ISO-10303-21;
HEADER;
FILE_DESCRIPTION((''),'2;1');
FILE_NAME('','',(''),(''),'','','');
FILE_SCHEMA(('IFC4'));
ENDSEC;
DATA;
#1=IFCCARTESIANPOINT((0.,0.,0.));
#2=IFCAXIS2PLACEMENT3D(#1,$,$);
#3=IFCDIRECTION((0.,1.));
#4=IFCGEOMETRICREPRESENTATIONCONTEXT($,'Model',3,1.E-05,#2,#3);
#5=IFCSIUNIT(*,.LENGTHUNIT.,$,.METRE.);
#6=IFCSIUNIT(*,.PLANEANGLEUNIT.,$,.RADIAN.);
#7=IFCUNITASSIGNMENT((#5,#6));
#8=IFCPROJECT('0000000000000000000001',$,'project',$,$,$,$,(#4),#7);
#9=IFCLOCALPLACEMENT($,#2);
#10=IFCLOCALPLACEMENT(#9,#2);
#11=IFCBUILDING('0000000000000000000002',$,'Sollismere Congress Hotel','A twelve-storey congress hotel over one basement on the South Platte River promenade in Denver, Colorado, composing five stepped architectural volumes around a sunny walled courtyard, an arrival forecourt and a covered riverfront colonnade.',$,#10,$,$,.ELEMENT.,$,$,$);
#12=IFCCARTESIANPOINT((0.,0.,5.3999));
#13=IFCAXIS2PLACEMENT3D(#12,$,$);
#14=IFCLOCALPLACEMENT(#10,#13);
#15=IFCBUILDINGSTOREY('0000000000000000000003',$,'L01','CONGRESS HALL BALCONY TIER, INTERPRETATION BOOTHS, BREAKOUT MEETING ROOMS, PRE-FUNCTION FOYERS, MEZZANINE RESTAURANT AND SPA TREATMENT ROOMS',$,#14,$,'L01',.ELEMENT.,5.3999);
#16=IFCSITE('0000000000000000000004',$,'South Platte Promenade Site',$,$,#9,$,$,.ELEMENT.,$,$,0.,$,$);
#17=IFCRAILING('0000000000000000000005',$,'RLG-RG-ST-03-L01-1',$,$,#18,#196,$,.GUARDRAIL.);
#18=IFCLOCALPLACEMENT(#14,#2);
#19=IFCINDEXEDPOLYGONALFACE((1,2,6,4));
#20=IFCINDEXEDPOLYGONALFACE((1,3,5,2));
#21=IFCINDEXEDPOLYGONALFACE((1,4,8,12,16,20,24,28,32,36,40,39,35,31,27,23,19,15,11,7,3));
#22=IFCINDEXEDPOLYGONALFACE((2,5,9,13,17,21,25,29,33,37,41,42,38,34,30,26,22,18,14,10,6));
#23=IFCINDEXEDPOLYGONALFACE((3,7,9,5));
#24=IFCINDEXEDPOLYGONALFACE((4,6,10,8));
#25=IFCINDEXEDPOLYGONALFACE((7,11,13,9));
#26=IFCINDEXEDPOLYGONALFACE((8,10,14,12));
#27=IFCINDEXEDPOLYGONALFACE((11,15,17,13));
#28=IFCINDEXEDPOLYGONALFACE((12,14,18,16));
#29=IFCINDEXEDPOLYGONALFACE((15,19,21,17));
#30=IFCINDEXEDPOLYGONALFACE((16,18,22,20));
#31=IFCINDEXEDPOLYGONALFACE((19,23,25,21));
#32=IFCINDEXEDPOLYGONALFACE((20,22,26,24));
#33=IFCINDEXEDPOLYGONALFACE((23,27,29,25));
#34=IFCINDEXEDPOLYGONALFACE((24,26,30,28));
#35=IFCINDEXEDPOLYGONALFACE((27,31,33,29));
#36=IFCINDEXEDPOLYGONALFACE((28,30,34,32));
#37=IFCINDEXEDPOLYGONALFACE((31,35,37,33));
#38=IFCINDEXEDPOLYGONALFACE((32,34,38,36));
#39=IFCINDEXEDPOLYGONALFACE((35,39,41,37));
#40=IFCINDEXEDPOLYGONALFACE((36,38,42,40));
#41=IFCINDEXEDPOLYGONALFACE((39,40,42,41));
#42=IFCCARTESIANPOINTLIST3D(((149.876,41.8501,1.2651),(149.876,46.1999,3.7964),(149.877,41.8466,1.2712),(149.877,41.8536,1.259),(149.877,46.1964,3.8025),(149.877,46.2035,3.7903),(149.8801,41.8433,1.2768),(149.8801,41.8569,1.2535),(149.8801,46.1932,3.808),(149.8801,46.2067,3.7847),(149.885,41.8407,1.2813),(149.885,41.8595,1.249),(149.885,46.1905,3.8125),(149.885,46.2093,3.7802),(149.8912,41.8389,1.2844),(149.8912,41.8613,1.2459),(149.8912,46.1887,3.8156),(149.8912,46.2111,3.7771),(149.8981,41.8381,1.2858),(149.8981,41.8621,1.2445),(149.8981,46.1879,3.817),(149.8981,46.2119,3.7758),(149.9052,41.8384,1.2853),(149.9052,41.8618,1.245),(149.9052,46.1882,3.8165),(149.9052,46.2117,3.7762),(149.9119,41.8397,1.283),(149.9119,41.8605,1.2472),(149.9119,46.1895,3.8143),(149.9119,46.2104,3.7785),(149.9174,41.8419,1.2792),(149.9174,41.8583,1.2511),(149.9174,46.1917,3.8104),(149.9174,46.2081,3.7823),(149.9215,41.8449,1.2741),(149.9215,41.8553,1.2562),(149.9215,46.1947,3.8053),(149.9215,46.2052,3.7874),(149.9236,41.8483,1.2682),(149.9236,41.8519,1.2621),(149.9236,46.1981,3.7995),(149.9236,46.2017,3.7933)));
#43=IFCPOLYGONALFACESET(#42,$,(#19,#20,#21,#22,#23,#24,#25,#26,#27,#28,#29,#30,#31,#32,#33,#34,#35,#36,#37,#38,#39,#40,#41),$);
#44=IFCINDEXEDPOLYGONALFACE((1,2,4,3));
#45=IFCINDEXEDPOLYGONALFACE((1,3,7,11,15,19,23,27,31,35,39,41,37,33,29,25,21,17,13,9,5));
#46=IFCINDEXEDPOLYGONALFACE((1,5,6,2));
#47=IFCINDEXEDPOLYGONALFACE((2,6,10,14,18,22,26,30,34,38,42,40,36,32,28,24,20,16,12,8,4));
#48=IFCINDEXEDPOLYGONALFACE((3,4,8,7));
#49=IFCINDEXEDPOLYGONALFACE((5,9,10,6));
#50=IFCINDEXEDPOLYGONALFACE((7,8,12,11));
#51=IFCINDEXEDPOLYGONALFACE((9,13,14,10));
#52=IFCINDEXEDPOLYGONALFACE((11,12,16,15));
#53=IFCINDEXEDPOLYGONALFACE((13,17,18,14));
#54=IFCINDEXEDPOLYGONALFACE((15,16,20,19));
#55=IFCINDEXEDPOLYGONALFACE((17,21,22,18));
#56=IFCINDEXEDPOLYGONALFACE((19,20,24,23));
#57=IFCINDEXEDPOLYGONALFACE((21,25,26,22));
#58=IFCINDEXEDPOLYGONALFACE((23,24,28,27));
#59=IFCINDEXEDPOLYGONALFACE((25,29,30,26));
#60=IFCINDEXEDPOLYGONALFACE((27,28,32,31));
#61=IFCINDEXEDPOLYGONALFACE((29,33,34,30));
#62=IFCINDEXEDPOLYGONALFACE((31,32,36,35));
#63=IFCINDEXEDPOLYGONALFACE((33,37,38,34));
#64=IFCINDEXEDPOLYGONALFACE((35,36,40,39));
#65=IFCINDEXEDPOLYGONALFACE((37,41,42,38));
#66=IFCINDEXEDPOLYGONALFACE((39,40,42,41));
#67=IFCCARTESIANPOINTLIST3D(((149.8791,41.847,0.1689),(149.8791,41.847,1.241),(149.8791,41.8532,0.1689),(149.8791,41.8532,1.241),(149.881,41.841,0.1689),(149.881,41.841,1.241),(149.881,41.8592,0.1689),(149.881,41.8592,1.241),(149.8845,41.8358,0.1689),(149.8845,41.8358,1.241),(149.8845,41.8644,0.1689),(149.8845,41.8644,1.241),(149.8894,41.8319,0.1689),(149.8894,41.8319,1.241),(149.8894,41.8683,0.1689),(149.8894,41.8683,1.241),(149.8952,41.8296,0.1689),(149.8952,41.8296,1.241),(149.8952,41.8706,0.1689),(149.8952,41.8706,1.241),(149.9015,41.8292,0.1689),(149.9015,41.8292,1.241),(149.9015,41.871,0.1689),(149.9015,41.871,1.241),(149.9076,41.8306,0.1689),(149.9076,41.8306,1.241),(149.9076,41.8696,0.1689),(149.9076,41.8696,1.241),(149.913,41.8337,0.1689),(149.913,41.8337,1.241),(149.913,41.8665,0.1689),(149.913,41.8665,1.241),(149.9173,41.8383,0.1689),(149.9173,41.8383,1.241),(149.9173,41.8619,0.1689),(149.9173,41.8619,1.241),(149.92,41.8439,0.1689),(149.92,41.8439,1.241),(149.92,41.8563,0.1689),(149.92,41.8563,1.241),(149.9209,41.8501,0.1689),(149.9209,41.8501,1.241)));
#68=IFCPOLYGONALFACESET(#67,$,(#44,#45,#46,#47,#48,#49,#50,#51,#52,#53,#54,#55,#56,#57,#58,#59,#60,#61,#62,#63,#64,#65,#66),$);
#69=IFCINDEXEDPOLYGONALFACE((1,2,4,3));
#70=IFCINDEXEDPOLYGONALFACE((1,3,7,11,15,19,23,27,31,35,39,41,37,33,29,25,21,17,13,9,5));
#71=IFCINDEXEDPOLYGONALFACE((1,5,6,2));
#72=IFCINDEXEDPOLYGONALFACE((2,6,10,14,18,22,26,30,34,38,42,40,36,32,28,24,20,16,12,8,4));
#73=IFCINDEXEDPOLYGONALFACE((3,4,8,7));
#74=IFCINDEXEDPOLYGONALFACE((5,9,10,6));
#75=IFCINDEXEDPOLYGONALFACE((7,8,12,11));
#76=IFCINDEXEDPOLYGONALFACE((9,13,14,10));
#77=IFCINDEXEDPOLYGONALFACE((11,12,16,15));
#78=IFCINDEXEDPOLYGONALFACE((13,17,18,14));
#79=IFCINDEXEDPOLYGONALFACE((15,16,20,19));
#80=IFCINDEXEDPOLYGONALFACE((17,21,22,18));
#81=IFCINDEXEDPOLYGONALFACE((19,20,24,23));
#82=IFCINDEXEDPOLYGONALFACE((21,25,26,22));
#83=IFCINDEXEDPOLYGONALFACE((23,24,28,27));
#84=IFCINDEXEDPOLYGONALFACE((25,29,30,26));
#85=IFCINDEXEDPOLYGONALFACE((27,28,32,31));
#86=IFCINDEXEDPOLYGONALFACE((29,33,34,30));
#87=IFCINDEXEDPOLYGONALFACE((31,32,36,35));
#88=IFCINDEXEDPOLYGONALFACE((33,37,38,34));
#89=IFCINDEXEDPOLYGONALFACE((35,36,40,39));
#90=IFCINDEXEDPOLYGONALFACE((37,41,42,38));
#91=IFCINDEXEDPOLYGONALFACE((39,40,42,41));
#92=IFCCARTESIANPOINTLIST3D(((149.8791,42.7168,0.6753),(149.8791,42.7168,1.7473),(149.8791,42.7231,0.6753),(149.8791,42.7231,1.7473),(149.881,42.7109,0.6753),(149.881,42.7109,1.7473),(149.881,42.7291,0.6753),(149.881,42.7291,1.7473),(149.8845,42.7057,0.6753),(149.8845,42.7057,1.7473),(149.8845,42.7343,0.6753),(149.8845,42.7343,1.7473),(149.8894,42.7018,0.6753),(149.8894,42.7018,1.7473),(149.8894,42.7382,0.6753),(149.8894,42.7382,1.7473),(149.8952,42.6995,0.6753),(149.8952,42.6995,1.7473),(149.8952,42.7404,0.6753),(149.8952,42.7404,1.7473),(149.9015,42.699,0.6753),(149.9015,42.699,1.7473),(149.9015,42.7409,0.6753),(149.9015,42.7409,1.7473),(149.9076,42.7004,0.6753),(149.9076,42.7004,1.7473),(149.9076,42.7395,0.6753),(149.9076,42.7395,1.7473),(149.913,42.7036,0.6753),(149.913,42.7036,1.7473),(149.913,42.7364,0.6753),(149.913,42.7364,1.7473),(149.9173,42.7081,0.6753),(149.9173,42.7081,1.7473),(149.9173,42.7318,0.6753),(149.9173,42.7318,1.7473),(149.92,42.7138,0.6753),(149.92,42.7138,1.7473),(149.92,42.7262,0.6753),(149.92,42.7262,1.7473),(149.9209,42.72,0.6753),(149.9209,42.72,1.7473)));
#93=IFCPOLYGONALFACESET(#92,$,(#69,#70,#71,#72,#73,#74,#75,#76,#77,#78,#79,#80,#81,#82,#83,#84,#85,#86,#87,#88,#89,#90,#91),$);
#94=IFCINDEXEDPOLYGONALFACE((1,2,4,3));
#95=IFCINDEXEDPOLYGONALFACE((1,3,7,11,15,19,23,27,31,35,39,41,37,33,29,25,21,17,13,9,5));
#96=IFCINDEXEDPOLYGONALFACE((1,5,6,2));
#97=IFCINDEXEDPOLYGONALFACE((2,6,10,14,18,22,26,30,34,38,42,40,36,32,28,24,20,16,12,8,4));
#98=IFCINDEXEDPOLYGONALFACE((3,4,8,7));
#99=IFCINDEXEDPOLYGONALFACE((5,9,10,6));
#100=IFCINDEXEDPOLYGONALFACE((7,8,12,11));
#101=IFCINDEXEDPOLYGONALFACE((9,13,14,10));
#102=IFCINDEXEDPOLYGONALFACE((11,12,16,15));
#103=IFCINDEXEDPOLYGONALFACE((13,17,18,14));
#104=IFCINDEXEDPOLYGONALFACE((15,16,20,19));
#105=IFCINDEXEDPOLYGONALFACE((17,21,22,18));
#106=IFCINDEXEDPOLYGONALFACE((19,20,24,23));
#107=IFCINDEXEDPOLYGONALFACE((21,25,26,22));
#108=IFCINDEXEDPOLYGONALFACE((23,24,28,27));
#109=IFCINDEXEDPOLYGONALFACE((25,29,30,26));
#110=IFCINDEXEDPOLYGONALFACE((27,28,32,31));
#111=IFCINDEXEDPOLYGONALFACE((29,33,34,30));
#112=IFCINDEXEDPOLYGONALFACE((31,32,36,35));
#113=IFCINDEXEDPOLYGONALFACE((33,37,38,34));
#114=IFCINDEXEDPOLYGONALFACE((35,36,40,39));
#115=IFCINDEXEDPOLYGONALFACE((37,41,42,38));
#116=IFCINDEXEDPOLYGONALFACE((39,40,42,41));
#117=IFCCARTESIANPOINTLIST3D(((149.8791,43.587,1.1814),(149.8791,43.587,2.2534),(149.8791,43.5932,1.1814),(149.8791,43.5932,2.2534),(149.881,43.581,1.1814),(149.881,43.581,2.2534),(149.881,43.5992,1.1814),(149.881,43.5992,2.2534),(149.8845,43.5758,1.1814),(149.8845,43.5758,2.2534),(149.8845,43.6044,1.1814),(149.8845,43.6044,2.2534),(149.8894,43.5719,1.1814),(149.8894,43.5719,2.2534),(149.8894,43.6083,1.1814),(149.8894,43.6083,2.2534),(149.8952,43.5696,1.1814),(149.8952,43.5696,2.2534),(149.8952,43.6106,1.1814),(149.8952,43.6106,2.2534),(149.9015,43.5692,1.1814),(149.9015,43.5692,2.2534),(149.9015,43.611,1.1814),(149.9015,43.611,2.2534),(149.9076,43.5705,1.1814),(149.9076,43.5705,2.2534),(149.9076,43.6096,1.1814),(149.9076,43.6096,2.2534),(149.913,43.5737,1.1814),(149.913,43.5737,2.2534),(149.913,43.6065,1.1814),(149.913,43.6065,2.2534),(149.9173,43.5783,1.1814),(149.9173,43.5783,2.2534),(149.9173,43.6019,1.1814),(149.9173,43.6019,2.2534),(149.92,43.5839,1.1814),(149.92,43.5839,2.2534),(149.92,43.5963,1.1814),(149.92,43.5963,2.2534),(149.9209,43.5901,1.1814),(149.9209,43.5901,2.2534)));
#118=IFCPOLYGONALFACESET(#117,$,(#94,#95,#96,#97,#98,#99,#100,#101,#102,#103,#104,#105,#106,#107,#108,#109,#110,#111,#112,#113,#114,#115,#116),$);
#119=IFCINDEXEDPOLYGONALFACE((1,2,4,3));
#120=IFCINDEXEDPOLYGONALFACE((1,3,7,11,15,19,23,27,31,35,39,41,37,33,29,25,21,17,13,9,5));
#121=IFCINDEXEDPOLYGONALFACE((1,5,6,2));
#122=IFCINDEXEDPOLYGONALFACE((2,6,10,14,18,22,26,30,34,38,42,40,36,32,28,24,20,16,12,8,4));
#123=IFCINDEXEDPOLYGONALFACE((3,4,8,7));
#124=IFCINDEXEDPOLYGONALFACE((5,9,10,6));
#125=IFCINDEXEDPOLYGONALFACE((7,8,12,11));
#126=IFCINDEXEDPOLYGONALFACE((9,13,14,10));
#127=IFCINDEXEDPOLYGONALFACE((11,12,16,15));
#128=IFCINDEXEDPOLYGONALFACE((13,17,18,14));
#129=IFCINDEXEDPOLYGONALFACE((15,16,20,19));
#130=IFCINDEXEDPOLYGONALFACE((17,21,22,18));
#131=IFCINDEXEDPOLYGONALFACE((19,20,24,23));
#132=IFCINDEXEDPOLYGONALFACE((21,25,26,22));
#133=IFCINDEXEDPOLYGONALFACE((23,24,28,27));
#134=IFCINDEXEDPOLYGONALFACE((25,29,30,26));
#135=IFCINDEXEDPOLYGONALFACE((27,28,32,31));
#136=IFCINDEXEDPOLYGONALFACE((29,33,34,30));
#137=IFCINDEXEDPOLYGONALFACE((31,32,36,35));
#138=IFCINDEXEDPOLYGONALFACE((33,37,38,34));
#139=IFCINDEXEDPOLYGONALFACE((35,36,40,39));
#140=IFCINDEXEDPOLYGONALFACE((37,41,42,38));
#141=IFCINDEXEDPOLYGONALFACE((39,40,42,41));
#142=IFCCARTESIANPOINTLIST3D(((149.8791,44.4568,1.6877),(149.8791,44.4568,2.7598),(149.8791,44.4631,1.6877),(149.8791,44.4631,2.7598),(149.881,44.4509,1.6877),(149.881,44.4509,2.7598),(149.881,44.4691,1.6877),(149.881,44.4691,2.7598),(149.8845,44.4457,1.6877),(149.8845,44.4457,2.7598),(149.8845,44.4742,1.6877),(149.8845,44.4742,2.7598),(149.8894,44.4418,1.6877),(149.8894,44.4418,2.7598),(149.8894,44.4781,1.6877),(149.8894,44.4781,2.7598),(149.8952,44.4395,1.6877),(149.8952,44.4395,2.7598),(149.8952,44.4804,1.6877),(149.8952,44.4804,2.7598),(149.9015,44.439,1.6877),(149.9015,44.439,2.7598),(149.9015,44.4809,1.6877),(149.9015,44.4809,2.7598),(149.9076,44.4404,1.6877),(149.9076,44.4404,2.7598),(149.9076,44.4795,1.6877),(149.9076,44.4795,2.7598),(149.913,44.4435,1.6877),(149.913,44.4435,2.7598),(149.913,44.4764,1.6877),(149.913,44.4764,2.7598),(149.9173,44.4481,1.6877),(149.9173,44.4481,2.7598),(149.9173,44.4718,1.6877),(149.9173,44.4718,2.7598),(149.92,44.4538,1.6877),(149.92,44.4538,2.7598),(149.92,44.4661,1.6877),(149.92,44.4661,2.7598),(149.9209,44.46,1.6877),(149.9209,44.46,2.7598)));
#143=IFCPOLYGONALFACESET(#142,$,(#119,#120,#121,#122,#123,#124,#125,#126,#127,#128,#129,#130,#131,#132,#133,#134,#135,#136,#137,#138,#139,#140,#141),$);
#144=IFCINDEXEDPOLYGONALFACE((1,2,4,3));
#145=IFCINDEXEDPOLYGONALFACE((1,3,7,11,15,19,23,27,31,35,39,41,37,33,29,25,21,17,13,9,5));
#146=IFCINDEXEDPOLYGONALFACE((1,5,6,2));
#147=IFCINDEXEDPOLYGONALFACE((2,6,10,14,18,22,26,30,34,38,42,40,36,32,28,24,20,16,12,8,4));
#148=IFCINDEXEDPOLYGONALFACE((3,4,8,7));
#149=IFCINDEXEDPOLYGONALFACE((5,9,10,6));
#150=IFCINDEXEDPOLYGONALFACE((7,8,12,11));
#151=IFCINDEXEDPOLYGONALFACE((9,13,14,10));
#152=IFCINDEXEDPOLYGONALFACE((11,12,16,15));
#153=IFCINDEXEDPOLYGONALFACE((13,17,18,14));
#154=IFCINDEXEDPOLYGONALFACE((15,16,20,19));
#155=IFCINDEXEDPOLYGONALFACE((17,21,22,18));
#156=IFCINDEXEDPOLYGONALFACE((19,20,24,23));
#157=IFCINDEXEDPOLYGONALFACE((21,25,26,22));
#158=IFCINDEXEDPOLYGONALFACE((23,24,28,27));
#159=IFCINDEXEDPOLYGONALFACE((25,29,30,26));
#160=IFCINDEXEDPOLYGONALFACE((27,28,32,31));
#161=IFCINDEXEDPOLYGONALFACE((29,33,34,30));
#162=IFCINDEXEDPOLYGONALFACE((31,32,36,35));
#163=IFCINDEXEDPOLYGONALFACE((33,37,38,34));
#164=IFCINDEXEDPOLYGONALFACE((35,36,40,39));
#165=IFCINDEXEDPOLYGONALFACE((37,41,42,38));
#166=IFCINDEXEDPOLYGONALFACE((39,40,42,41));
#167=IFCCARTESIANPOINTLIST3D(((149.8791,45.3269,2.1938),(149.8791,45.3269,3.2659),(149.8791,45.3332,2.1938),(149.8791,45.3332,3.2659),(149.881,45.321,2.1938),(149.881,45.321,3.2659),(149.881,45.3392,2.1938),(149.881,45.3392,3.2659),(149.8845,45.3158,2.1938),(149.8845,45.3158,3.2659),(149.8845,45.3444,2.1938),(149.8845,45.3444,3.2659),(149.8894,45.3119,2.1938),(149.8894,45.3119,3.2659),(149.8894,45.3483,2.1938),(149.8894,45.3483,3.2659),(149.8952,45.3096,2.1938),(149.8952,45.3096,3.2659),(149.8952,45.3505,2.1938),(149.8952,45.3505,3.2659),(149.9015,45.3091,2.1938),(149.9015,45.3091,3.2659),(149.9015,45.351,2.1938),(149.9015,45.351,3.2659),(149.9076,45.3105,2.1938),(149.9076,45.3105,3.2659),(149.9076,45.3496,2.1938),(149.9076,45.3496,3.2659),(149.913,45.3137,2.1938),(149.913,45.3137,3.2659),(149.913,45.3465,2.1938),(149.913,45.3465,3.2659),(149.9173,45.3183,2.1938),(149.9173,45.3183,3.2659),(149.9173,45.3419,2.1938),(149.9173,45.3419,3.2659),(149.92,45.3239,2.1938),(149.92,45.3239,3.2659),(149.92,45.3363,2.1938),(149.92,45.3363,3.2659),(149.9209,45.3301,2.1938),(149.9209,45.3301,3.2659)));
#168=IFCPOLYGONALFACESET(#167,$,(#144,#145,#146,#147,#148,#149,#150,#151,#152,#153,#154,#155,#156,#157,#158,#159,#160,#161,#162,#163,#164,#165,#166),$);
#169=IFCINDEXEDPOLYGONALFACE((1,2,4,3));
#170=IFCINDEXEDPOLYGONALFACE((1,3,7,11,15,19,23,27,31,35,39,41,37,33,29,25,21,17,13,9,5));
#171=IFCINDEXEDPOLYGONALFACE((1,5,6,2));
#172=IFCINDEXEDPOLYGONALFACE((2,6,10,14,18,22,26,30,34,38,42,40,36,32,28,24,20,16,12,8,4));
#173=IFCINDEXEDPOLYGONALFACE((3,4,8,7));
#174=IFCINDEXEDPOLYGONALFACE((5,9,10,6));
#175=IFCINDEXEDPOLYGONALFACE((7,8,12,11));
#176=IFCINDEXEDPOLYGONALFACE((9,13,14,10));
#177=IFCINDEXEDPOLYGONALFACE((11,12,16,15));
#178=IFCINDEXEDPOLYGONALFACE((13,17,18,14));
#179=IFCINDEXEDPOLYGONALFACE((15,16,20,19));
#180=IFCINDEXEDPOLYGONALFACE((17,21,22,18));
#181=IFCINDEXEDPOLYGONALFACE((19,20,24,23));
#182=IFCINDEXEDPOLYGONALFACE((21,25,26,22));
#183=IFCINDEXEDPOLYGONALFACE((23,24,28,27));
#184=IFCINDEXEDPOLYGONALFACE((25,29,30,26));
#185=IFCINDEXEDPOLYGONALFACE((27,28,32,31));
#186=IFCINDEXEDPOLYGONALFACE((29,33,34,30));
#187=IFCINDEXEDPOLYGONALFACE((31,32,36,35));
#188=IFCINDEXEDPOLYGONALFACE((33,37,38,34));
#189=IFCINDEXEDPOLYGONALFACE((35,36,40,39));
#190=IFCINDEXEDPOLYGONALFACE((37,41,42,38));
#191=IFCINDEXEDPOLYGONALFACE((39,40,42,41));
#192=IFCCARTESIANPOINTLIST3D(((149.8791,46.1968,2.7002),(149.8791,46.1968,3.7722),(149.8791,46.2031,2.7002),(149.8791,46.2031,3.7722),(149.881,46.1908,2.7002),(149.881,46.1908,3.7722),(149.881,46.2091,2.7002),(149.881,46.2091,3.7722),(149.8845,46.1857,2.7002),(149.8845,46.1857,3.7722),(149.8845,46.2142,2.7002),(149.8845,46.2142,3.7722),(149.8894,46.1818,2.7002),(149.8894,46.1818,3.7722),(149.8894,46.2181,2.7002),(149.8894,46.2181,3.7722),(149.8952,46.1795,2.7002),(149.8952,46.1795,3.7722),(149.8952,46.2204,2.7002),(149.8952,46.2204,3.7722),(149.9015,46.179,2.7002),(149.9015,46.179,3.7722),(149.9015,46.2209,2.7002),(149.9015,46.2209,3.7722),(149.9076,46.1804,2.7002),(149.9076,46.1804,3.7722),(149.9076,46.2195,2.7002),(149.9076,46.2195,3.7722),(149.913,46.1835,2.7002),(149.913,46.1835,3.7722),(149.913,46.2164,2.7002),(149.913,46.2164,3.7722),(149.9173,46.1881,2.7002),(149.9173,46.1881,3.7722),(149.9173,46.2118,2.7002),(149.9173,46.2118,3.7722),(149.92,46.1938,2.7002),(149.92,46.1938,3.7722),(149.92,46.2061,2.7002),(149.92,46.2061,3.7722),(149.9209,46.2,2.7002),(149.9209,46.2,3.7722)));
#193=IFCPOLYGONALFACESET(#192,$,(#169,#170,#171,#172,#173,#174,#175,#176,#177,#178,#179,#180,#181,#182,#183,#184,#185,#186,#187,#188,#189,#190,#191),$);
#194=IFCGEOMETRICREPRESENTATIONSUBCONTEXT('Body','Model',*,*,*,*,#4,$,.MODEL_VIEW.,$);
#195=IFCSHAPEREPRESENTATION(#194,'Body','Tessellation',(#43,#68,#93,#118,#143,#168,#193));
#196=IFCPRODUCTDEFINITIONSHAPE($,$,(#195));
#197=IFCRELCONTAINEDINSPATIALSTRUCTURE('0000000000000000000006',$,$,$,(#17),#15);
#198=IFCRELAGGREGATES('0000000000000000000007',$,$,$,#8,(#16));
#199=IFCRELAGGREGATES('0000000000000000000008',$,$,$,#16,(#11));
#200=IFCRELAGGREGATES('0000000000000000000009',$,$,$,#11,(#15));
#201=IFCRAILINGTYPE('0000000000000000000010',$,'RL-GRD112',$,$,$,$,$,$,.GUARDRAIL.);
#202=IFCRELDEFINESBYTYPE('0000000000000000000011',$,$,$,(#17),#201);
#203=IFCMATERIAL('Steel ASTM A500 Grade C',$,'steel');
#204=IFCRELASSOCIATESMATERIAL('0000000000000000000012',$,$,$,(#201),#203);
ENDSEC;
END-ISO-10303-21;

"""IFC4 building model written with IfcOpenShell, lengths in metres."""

from ifc_helpers import new_model, si_unit, direction, frame, origin, origin_2d, place, context, subcontext, project, spatial, circle, extrude, material, type_object, element, save


model = new_model("IFC4")

# Units and contexts
model_context = context("Model", 3, precision=1e-05, world=origin(), true_north=direction((0.0, 1.0)))
body_context = subcontext(model_context, "Body", "Model", "MODEL_VIEW")
ifc_project = project(units=[si_unit("LENGTHUNIT", "METRE"), si_unit("PLANEANGLEUNIT", "RADIAN")], contexts=[model_context])

# Site, building, storey
site_placement = place(None, origin())
site = spatial("IfcSite", under=ifc_project, at=site_placement, Name="South Platte Promenade Site", CompositionType="ELEMENT", RefElevation=0.0)
building_placement = place(site_placement, origin())
building = spatial("IfcBuilding", under=site, at=building_placement, Name="Sollismere Congress Hotel", Description="A twelve-storey congress hotel over one basement on the South Platte River promenade in Denver, Colorado, composing five stepped architectural volumes around a sunny walled courtyard, an arrival forecourt and a covered riverfront colonnade.", CompositionType="ELEMENT")
storey_placement = place(building_placement, frame((0.0, 0.0, 5.3999)))
storey = spatial("IfcBuildingStorey", under=building, at=storey_placement, Name="L01", Description="CONGRESS HALL BALCONY TIER, INTERPRETATION BOOTHS, BREAKOUT MEETING ROOMS, PRE-FUNCTION FOYERS, MEZZANINE RESTAURANT AND SPA TREATMENT ROOMS", LongName="L01", CompositionType="ELEMENT", Elevation=5.3999)

# Railing
ifc_material_1 = material(Name="Steel ASTM A500 Grade C", Category="steel")
railing_type_1 = type_object("IfcRailingType", Name="RL-GRD112", PredefinedType="GUARDRAIL", material=ifc_material_1)
railing_1_placement = place(storey_placement, frame((149.8999, 41.8501, 0.1689)))
element("IfcRailing", 1, at=railing_1_placement, inside=storey, type_object=railing_type_1, Name="RLG-RG-ST-03-L01-1", PredefinedType="GUARDRAIL", context=body_context, shape_type="SweptSolid", body=[
    extrude(circle(Radius=0.0239, at=origin_2d()), frame((0.0, 0.0, 1.0962), z_axis=(0.0, 0.864312, 0.502957), x_axis=(-1.0, 0.0, 0.0)), (0.0, 0.0, 1.0), 5.0327),
    extrude(circle(Radius=0.021, at=origin_2d()), origin(), (0.0, 0.0, 1.0), 1.072),
    extrude(circle(Radius=0.021, at=origin_2d()), frame((0.0, 0.8699, 0.5063)), (0.0, 0.0, 1.0), 1.072),
    extrude(circle(Radius=0.021, at=origin_2d()), frame((0.0, 1.74, 1.0125)), (0.0, 0.0, 1.0), 1.072),
    extrude(circle(Radius=0.021, at=origin_2d()), frame((0.0, 2.6099, 1.5188)), (0.0, 0.0, 1.0), 1.072),
    extrude(circle(Radius=0.021, at=origin_2d()), frame((0.0, 3.48, 2.0249)), (0.0, 0.0, 1.0), 1.072),
    extrude(circle(Radius=0.021, at=origin_2d()), frame((0.0, 4.3499, 2.5312)), (0.0, 0.0, 1.0), 1.072),
])

save(model, "model.ifc")
